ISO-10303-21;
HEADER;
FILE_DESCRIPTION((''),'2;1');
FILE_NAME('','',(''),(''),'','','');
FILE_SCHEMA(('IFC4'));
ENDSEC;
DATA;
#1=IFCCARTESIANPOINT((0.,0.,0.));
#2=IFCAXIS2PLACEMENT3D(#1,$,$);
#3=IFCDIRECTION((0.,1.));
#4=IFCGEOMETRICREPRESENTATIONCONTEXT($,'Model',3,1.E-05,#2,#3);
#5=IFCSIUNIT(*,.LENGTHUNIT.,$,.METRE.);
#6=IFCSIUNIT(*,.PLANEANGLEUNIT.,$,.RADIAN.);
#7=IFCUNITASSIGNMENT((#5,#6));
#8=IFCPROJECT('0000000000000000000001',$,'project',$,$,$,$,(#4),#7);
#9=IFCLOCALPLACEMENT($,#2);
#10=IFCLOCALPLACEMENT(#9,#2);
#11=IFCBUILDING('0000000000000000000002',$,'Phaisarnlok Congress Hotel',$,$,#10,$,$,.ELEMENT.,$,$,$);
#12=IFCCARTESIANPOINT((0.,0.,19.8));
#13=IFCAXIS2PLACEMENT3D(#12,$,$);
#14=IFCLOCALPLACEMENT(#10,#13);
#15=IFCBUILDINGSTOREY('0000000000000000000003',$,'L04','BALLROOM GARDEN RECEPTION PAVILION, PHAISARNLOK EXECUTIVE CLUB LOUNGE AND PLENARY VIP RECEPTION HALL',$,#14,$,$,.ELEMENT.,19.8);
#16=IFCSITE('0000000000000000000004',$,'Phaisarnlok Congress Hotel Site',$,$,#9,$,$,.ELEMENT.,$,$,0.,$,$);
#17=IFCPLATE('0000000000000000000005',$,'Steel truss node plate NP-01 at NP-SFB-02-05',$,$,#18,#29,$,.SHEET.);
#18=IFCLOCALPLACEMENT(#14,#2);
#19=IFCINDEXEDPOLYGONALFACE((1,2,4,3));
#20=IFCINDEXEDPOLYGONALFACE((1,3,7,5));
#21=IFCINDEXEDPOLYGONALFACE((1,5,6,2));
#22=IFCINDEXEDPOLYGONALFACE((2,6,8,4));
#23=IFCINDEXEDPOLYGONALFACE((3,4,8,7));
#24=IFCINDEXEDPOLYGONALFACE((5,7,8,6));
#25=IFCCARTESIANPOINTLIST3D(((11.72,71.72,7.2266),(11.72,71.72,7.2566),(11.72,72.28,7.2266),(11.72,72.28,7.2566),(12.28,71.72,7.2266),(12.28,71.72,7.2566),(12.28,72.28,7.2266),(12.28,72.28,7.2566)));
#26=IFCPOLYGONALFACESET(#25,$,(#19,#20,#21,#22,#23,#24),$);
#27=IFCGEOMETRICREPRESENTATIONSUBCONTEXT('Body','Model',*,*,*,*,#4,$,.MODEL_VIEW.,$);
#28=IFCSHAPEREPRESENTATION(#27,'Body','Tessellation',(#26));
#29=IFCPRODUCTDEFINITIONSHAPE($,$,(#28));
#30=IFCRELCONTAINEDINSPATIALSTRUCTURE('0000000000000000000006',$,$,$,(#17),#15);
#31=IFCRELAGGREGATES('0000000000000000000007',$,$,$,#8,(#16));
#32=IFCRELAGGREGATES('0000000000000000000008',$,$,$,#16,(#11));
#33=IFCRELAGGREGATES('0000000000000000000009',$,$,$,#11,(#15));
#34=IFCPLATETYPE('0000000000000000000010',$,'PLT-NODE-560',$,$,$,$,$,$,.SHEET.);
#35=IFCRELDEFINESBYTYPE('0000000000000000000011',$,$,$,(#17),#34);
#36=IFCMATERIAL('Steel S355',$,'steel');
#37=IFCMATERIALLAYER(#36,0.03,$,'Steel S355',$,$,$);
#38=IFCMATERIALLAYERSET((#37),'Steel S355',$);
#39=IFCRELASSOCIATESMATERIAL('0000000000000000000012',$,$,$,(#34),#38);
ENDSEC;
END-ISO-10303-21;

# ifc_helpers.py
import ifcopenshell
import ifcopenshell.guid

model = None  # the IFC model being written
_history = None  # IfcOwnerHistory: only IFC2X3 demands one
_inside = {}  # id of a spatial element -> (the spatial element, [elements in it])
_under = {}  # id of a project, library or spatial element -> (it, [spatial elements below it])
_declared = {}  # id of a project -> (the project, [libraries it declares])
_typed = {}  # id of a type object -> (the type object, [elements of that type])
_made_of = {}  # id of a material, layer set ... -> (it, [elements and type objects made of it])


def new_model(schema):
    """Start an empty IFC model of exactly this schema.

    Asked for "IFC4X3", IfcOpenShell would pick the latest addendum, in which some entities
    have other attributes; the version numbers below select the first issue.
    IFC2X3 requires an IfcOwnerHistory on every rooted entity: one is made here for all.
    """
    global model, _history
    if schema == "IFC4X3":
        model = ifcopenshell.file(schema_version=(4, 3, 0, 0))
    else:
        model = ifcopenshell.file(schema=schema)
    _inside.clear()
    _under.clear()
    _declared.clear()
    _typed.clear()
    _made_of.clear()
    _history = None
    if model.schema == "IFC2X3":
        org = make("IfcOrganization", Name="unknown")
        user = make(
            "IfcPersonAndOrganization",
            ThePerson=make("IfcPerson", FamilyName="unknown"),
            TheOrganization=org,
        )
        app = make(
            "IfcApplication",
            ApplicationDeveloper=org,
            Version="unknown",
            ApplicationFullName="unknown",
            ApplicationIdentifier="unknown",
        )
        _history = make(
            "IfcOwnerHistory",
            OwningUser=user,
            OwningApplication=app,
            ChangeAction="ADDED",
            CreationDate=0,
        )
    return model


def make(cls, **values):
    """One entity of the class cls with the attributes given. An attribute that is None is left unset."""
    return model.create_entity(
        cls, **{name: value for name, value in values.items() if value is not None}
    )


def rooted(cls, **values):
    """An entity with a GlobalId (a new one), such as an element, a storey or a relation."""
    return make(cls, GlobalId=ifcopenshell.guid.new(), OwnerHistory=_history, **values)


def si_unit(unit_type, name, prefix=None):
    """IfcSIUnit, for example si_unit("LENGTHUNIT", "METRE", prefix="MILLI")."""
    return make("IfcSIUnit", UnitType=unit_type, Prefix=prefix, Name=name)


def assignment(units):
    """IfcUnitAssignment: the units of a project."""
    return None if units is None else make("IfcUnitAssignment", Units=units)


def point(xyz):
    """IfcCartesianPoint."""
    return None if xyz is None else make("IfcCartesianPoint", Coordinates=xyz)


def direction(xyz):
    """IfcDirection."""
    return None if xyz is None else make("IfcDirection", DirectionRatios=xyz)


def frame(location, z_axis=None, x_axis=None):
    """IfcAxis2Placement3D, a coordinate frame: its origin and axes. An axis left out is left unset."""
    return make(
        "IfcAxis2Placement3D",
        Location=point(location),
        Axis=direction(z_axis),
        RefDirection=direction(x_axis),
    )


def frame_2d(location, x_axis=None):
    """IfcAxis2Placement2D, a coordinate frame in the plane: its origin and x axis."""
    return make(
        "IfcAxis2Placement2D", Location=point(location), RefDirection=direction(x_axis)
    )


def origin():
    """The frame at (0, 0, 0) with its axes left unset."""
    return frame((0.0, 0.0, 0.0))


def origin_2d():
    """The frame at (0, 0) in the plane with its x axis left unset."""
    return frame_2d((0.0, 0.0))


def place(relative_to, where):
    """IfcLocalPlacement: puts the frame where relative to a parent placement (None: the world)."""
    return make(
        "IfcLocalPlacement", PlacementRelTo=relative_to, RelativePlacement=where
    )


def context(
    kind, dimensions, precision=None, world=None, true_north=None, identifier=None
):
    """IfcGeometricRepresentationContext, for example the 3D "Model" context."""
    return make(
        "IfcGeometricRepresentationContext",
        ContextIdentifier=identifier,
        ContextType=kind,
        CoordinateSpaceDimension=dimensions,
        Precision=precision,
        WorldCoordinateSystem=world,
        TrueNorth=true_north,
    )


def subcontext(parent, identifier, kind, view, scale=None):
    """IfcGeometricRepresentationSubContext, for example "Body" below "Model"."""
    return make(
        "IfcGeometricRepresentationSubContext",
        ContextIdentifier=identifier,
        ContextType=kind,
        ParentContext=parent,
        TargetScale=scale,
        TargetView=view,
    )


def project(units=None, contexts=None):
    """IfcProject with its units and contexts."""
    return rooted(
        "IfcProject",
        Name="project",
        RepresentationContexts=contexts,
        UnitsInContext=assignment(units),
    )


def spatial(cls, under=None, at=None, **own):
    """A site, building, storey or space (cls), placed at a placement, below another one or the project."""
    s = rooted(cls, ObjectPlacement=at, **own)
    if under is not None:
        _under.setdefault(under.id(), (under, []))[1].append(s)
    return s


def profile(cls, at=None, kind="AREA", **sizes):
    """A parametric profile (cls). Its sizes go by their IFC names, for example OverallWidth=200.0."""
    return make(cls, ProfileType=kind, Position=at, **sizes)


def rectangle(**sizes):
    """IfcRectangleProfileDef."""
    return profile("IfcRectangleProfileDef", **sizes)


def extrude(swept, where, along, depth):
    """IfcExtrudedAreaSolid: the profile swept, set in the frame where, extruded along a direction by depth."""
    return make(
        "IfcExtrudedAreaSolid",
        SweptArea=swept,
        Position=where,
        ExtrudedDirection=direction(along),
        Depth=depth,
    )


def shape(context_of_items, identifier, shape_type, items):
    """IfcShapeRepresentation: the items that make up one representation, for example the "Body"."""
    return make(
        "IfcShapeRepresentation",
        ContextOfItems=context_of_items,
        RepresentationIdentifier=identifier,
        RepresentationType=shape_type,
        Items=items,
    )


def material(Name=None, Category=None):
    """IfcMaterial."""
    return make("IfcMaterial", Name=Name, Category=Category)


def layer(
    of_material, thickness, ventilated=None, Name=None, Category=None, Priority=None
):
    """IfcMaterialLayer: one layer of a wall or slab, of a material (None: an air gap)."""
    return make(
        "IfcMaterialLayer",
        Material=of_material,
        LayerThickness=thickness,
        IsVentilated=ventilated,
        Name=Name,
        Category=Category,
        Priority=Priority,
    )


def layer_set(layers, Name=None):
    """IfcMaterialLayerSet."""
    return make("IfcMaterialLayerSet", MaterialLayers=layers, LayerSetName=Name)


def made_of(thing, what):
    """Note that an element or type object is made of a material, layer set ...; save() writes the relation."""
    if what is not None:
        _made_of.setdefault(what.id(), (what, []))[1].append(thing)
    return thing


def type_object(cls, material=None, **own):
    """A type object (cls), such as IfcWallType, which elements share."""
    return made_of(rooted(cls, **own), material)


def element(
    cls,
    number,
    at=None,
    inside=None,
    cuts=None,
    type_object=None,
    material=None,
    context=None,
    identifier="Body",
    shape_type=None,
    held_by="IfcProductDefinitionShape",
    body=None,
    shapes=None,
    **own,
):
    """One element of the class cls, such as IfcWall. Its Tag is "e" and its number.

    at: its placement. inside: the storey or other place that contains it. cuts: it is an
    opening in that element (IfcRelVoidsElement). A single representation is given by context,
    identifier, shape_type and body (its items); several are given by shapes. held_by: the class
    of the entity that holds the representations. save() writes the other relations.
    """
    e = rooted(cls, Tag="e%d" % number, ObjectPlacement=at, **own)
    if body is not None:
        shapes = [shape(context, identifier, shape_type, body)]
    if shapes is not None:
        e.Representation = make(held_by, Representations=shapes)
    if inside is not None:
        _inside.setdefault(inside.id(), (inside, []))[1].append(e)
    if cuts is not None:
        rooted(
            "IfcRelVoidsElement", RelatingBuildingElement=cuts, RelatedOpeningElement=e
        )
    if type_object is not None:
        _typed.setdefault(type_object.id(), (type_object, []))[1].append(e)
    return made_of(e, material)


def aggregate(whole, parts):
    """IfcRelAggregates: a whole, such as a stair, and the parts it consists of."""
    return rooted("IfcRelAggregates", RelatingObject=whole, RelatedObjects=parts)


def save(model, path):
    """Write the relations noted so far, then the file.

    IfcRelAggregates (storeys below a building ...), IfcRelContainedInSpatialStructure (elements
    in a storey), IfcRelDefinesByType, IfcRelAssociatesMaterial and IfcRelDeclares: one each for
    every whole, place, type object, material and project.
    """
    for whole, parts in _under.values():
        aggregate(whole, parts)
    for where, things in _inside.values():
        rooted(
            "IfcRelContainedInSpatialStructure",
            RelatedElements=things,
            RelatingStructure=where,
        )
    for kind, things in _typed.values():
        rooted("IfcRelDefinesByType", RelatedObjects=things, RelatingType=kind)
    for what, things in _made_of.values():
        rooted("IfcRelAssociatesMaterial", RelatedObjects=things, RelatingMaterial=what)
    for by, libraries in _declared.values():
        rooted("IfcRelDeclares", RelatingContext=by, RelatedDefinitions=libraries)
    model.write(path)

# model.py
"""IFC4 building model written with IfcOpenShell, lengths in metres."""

from ifc_helpers import new_model, si_unit, direction, frame, origin, origin_2d, place, context, subcontext, project, spatial, rectangle, extrude, material, layer, layer_set, type_object, element, save


model = new_model("IFC4")

# Units and contexts
model_context = context("Model", 3, precision=1e-05, world=origin(), true_north=direction((0.0, 1.0)))
body_context = subcontext(model_context, "Body", "Model", "MODEL_VIEW")
ifc_project = project(units=[si_unit("LENGTHUNIT", "METRE"), si_unit("PLANEANGLEUNIT", "RADIAN")], contexts=[model_context])

# Site, building, storey
site_placement = place(None, origin())
site = spatial("IfcSite", under=ifc_project, at=site_placement, Name="Phaisarnlok Congress Hotel Site", CompositionType="ELEMENT", RefElevation=0.0)
building_placement = place(site_placement, origin())
building = spatial("IfcBuilding", under=site, at=building_placement, Name="Phaisarnlok Congress Hotel", CompositionType="ELEMENT")
storey_placement = place(building_placement, frame((0.0, 0.0, 19.8)))
storey = spatial("IfcBuildingStorey", under=building, at=storey_placement, Name="L04", Description="BALLROOM GARDEN RECEPTION PAVILION, PHAISARNLOK EXECUTIVE CLUB LOUNGE AND PLENARY VIP RECEPTION HALL", CompositionType="ELEMENT", Elevation=19.8)

# Shared definitions
ifc_material = material(Name="Steel S355", Category="steel")

# Plate
ifc_layer_1 = layer(ifc_material, 0.03, Name="Steel S355")
ifc_layer_set_1 = layer_set([ifc_layer_1], Name="Steel S355")
plate_type_1 = type_object("IfcPlateType", Name="PLT-NODE-560", PredefinedType="SHEET", material=ifc_layer_set_1)
for number, where, z_axis, x_axis, name in (
    (1, (12.0, 72.0, 7.2266), (0.0, 0.0, 1.0), (1.0, 0.0, 0.0), "Steel truss node plate NP-01 at NP-SFB-02-05"),
):
    element("IfcPlate", number, at=place(storey_placement, frame(where, z_axis=z_axis, x_axis=x_axis)), inside=storey, type_object=plate_type_1, Name=name, PredefinedType="SHEET", context=body_context, shape_type="SweptSolid", body=[
        extrude(rectangle(XDim=0.5601, YDim=0.5601, at=origin_2d()), origin(), (0.0, 0.0, 1.0), 0.03),
    ])

save(model, "model.ifc")
